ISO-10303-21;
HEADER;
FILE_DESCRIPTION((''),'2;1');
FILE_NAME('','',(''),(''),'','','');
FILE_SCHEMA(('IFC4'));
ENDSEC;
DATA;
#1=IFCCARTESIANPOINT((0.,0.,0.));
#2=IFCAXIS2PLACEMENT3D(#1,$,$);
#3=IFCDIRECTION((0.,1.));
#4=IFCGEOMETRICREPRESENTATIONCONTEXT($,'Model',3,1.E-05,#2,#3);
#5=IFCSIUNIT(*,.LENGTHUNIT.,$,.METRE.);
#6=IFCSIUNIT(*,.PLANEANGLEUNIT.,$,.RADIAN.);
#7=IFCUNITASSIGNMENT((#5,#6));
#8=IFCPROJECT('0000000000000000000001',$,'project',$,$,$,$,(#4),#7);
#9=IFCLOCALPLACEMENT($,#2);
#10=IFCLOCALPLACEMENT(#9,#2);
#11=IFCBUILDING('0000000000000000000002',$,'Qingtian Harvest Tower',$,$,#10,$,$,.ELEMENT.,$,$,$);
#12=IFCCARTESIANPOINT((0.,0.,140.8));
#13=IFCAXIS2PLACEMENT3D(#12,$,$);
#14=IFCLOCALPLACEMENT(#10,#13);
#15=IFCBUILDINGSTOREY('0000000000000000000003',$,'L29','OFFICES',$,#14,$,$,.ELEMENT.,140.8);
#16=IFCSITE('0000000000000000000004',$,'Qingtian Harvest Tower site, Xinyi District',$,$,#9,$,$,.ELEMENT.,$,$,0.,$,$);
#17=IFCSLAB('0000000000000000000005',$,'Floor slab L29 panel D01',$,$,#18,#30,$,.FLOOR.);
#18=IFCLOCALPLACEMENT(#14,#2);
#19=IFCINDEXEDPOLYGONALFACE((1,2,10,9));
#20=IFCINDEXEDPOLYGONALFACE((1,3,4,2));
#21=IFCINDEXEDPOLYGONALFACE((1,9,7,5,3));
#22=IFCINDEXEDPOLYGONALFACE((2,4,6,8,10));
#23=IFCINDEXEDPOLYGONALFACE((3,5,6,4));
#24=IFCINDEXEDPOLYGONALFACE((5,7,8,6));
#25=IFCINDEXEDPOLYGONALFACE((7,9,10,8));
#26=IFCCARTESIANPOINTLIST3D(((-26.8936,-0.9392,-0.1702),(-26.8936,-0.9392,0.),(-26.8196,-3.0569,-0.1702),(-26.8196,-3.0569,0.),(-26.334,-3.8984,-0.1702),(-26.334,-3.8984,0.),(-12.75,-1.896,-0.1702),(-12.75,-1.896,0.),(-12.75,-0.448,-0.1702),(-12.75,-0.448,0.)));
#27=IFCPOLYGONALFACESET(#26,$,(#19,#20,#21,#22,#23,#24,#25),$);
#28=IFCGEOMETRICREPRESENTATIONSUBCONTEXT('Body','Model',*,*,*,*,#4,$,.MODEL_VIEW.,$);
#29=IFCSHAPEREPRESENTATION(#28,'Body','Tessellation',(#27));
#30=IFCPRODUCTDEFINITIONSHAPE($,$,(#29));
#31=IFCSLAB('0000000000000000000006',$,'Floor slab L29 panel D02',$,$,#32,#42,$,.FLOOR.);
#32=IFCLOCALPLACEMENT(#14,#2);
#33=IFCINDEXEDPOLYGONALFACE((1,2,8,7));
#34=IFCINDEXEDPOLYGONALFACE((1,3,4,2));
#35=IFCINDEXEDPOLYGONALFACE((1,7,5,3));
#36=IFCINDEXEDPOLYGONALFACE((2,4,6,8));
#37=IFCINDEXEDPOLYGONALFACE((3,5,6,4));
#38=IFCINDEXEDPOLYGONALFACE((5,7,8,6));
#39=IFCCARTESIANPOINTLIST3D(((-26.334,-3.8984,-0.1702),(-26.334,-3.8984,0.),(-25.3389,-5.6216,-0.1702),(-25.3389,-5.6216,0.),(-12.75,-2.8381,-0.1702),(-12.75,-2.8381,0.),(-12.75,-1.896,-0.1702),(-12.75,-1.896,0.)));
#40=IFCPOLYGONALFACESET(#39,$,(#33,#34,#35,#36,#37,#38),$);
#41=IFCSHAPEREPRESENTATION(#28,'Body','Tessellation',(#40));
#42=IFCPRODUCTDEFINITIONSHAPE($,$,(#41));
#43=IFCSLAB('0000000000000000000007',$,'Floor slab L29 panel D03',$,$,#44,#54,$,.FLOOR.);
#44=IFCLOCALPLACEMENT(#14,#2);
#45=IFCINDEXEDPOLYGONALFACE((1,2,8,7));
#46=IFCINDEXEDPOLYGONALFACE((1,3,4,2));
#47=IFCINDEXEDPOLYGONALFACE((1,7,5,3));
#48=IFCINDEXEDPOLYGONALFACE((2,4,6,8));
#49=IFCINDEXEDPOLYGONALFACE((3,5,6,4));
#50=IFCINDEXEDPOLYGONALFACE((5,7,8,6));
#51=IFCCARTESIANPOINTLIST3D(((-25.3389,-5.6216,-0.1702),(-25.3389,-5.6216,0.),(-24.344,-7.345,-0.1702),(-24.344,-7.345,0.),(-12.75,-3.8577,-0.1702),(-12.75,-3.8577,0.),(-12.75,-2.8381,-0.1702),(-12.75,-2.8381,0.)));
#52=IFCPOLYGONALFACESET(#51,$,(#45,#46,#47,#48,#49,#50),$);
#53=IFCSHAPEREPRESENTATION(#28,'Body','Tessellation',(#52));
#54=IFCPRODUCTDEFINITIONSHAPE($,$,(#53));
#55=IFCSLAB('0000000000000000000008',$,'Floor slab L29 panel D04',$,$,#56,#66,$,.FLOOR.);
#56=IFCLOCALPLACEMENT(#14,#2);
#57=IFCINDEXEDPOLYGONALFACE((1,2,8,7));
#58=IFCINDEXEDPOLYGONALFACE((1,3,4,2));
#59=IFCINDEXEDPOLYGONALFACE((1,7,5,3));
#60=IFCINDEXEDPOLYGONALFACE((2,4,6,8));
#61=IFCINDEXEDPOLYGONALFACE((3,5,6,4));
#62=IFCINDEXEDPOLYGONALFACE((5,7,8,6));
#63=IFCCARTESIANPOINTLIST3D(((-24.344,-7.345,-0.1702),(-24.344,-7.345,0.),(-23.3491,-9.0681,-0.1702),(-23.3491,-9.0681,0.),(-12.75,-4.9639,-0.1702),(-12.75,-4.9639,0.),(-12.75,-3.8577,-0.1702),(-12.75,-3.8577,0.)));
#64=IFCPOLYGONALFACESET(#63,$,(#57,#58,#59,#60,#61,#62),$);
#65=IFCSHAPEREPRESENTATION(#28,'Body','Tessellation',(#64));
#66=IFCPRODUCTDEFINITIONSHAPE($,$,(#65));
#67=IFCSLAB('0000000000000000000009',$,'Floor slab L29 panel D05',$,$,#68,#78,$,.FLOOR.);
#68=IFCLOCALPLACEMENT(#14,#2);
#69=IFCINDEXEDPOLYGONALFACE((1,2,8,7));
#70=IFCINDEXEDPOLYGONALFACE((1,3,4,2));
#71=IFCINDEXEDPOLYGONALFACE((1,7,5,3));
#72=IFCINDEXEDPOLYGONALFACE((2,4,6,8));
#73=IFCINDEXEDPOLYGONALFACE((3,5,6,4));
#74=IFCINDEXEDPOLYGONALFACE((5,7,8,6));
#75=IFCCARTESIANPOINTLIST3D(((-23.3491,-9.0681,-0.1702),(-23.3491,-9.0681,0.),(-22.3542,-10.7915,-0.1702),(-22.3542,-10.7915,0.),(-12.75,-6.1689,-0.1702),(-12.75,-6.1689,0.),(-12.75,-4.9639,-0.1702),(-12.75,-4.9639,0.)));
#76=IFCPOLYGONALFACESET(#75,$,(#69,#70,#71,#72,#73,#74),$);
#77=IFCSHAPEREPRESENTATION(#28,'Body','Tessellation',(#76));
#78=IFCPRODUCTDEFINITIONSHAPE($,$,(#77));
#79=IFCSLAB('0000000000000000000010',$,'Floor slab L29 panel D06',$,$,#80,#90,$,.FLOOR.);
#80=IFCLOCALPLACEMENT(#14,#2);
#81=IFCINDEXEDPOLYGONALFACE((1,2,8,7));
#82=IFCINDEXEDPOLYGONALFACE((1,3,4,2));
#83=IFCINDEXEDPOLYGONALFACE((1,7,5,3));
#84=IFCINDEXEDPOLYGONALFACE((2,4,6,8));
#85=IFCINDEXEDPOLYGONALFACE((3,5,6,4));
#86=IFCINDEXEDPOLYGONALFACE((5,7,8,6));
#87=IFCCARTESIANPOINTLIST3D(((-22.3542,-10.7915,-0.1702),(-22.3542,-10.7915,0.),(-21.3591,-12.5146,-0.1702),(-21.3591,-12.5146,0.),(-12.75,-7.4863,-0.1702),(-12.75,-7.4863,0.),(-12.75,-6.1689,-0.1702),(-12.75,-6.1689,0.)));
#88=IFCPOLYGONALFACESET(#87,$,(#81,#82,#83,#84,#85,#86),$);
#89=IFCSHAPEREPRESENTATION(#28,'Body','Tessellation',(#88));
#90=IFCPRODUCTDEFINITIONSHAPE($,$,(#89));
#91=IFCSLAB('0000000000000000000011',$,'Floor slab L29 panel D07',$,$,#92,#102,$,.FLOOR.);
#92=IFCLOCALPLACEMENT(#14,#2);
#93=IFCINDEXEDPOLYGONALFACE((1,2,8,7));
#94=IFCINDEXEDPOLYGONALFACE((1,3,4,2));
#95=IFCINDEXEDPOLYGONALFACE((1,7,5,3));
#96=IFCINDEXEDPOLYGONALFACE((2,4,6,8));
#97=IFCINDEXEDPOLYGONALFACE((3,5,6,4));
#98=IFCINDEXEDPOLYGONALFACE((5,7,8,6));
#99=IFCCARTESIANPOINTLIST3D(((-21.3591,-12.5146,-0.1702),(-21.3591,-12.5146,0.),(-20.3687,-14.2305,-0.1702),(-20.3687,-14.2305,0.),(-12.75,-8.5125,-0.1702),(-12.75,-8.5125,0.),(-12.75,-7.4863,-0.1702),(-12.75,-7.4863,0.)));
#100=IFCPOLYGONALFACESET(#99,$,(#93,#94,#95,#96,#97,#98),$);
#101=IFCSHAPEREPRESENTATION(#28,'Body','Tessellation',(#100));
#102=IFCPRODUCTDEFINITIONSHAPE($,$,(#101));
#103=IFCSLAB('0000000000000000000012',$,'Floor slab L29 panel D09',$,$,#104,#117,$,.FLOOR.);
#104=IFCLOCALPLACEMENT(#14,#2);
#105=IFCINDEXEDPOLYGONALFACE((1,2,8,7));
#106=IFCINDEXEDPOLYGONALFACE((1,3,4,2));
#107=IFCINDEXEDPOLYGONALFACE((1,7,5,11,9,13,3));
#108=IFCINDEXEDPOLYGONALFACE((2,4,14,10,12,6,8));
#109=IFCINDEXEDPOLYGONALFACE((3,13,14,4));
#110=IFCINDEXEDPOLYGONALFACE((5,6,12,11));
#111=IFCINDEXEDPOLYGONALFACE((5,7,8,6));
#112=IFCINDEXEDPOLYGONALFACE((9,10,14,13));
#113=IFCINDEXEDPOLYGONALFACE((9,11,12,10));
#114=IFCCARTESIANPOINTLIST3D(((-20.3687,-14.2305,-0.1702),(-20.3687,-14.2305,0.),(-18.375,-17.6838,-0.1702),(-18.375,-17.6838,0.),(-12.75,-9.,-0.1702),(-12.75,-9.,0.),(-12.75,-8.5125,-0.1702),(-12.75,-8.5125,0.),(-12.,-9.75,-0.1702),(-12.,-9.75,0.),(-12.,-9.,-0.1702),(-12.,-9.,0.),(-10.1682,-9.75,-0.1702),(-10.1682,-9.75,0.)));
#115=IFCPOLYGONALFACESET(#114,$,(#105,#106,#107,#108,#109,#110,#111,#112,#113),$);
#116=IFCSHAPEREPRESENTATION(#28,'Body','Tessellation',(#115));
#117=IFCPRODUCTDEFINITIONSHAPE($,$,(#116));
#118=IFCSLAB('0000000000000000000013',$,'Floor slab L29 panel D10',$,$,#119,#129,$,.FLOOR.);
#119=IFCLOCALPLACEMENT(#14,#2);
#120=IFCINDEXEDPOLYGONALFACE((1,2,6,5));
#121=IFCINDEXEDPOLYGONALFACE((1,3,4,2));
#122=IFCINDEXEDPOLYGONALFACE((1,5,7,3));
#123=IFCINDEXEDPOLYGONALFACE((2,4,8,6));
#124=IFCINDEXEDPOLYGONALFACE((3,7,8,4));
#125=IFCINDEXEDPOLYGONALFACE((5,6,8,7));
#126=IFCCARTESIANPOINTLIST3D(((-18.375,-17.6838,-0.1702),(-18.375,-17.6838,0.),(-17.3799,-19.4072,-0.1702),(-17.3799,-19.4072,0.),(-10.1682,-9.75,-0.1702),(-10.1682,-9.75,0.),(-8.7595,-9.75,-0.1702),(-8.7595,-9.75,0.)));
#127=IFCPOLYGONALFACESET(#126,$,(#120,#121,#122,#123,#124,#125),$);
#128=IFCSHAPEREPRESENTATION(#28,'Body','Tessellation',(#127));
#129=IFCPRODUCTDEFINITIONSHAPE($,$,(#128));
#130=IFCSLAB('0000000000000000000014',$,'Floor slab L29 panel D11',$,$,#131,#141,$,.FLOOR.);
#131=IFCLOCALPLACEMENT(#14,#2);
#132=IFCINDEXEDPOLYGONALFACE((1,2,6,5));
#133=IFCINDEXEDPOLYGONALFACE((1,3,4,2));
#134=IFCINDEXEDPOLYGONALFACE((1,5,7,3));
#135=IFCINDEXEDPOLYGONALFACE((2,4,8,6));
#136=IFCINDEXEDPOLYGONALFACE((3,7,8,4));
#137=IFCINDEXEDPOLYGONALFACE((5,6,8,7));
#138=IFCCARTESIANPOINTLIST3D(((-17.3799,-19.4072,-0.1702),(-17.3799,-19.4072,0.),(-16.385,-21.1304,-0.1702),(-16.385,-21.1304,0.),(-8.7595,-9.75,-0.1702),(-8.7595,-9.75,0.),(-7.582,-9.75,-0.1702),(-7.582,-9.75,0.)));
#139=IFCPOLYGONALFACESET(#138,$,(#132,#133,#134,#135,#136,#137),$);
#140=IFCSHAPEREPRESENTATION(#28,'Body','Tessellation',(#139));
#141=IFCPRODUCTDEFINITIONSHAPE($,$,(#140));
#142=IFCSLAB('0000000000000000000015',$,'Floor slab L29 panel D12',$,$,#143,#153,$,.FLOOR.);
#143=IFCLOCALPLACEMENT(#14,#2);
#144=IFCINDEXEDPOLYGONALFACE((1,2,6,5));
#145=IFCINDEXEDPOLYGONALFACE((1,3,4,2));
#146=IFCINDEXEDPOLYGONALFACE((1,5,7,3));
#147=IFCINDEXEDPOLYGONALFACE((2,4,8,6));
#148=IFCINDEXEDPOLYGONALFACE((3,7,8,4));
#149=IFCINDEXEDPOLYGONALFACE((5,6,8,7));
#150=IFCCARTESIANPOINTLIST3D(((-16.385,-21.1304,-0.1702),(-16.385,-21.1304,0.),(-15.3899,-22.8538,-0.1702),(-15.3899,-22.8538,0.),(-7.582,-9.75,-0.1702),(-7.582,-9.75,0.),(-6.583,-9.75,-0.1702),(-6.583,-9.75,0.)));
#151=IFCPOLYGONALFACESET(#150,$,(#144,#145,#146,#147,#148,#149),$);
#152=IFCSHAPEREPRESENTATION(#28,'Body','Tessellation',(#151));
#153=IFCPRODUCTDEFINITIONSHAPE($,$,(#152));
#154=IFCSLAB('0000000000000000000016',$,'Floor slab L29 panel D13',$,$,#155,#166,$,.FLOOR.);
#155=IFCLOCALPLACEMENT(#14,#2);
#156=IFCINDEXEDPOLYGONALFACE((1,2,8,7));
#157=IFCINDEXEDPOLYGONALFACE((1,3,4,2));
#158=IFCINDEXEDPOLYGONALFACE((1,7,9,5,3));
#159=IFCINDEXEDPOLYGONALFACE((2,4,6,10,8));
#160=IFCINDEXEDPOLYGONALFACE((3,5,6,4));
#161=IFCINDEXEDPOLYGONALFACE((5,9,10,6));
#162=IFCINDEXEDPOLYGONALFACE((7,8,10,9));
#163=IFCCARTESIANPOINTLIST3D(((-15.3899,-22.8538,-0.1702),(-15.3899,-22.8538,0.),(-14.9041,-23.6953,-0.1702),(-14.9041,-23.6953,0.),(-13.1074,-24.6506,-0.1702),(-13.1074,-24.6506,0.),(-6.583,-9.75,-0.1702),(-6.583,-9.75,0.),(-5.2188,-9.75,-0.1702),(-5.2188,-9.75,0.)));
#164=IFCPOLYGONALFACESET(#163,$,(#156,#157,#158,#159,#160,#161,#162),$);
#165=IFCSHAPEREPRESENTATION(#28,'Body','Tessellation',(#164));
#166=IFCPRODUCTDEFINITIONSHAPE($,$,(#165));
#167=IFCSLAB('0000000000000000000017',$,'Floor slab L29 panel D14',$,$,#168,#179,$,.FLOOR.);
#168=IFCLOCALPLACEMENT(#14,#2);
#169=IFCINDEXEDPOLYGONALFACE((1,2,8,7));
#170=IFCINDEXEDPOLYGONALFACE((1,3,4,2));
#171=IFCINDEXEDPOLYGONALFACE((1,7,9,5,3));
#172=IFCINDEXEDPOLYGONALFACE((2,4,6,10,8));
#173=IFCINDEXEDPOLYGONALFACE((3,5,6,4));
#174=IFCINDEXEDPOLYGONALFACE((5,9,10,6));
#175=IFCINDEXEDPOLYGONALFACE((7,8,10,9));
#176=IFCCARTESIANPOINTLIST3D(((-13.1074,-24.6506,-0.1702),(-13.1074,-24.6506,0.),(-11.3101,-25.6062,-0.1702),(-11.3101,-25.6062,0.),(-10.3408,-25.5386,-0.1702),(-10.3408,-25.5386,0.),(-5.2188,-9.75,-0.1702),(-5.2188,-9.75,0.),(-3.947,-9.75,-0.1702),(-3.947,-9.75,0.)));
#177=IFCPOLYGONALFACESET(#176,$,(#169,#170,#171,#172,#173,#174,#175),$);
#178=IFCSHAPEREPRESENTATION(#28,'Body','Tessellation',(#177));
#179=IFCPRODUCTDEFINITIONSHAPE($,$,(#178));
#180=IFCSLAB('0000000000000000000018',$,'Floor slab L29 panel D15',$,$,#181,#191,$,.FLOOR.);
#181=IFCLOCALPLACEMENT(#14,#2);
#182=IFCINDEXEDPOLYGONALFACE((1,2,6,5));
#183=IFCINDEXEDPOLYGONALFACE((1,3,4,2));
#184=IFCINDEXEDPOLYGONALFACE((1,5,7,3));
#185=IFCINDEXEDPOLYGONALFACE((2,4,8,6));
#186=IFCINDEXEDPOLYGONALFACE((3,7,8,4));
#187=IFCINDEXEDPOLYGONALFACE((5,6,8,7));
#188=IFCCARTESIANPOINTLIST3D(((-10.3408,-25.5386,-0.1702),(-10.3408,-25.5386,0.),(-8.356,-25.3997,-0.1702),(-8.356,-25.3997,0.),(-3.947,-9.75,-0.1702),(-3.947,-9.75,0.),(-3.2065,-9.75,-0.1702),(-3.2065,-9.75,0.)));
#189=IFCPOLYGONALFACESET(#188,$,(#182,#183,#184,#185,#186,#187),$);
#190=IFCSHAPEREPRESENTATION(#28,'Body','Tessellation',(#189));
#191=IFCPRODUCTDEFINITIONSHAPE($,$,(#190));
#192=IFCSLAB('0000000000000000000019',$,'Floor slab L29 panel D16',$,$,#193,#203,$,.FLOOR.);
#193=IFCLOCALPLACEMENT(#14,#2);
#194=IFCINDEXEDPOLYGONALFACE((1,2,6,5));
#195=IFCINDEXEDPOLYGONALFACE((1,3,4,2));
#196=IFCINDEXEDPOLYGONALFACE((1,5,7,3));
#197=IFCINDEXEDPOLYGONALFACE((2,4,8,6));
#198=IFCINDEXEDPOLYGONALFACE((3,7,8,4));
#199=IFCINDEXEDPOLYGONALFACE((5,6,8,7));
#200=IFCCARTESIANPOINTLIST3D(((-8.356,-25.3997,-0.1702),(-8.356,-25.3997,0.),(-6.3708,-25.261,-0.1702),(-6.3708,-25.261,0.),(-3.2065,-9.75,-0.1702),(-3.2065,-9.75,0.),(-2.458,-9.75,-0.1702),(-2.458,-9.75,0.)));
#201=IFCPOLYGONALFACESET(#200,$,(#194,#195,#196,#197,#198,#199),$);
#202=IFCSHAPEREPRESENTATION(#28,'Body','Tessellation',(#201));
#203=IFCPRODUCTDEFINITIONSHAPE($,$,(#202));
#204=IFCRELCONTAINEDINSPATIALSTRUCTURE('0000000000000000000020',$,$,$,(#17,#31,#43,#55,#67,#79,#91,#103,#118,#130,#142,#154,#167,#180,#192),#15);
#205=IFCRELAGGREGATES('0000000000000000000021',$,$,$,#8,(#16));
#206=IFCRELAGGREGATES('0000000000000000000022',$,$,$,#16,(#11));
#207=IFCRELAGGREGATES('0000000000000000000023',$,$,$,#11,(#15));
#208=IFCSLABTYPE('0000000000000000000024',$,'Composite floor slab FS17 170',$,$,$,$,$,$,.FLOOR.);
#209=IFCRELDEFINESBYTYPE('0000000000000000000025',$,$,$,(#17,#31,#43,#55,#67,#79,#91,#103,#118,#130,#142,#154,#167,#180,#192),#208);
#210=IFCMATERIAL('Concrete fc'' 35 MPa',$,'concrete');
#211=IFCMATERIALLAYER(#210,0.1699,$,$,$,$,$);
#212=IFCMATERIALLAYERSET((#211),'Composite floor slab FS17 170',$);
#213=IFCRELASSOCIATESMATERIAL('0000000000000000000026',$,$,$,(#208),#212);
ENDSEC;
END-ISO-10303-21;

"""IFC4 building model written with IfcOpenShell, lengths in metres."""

from ifc_helpers import new_model, si_unit, direction, frame, origin, place, context, subcontext, project, spatial, polyline, outline, extrude, material, layer, layer_set, type_object, element, save


model = new_model("IFC4")

# Units and contexts
model_context = context("Model", 3, precision=1e-05, world=origin(), true_north=direction((0.0, 1.0)))
body_context = subcontext(model_context, "Body", "Model", "MODEL_VIEW")
ifc_project = project(units=[si_unit("LENGTHUNIT", "METRE"), si_unit("PLANEANGLEUNIT", "RADIAN")], contexts=[model_context])

# Site, building, storey
site_placement = place(None, origin())
site = spatial("IfcSite", under=ifc_project, at=site_placement, Name="Qingtian Harvest Tower site, Xinyi District", CompositionType="ELEMENT", RefElevation=0.0)
building_placement = place(site_placement, origin())
building = spatial("IfcBuilding", under=site, at=building_placement, Name="Qingtian Harvest Tower", CompositionType="ELEMENT")
storey_placement = place(building_placement, frame((0.0, 0.0, 140.8)))
storey = spatial("IfcBuildingStorey", under=building, at=storey_placement, Name="L29", Description="OFFICES", CompositionType="ELEMENT", Elevation=140.8)

# Slabs
ifc_material = material(Name="Concrete fc' 35 MPa", Category="concrete")
ifc_layer = layer(ifc_material, 0.1699)
ifc_layer_set = layer_set([ifc_layer], Name="Composite floor slab FS17 170")
slab_type = type_object("IfcSlabType", Name="Composite floor slab FS17 170", PredefinedType="FLOOR", material=ifc_layer_set)
slab_1_placement = place(storey_placement, frame((0.0, 0.0, -0.1702)))
element("IfcSlab", 1, at=slab_1_placement, inside=storey, type_object=slab_type, Name="Floor slab L29 panel D01", PredefinedType="FLOOR", context=body_context, shape_type="SweptSolid", body=[
    extrude(outline(polyline([(-26.8936, -0.9392), (-12.75, -0.448), (-12.75, -1.896), (-26.334, -3.8984), (-26.8196, -3.0569), (-26.8936, -0.9392)])), origin(), (0.0, 0.0, 1.0), 0.1702),
])
slab_2_placement = place(storey_placement, frame((0.0, 0.0, -0.1702)))
element("IfcSlab", 2, at=slab_2_placement, inside=storey, type_object=slab_type, Name="Floor slab L29 panel D02", PredefinedType="FLOOR", context=body_context, shape_type="SweptSolid", body=[
    extrude(outline(polyline([(-12.75, -2.8381), (-25.3389, -5.6216), (-26.334, -3.8984), (-12.75, -1.896), (-12.75, -2.8381)])), origin(), (0.0, 0.0, 1.0), 0.1702),
])
slab_3_placement = place(storey_placement, frame((0.0, 0.0, -0.1702)))
element("IfcSlab", 3, at=slab_3_placement, inside=storey, type_object=slab_type, Name="Floor slab L29 panel D03", PredefinedType="FLOOR", context=body_context, shape_type="SweptSolid", body=[
    extrude(outline(polyline([(-12.75, -3.8577), (-24.344, -7.345), (-25.3389, -5.6216), (-12.75, -2.8381), (-12.75, -3.8577)])), origin(), (0.0, 0.0, 1.0), 0.1702),
])
slab_4_placement = place(storey_placement, frame((0.0, 0.0, -0.1702)))
element("IfcSlab", 4, at=slab_4_placement, inside=storey, type_object=slab_type, Name="Floor slab L29 panel D04", PredefinedType="FLOOR", context=body_context, shape_type="SweptSolid", body=[
    extrude(outline(polyline([(-12.75, -4.9639), (-23.3491, -9.0681), (-24.344, -7.345), (-12.75, -3.8577), (-12.75, -4.9639)])), origin(), (0.0, 0.0, 1.0), 0.1702),
])
slab_5_placement = place(storey_placement, frame((0.0, 0.0, -0.1702)))
element("IfcSlab", 5, at=slab_5_placement, inside=storey, type_object=slab_type, Name="Floor slab L29 panel D05", PredefinedType="FLOOR", context=body_context, shape_type="SweptSolid", body=[
    extrude(outline(polyline([(-12.75, -6.1689), (-22.3542, -10.7915), (-23.3491, -9.0681), (-12.75, -4.9639), (-12.75, -6.1689)])), origin(), (0.0, 0.0, 1.0), 0.1702),
])
slab_6_placement = place(storey_placement, frame((0.0, 0.0, -0.1702)))
element("IfcSlab", 6, at=slab_6_placement, inside=storey, type_object=slab_type, Name="Floor slab L29 panel D06", PredefinedType="FLOOR", context=body_context, shape_type="SweptSolid", body=[
    extrude(outline(polyline([(-12.75, -7.4863), (-21.3591, -12.5146), (-22.3542, -10.7915), (-12.75, -6.1689), (-12.75, -7.4863)])), origin(), (0.0, 0.0, 1.0), 0.1702),
])
slab_7_placement = place(storey_placement, frame((0.0, 0.0, -0.1702)))
element("IfcSlab", 7, at=slab_7_placement, inside=storey, type_object=slab_type, Name="Floor slab L29 panel D07", PredefinedType="FLOOR", context=body_context, shape_type="SweptSolid", body=[
    extrude(outline(polyline([(-12.75, -8.5125), (-20.3687, -14.2305), (-21.3591, -12.5146), (-12.75, -7.4863), (-12.75, -8.5125)])), origin(), (0.0, 0.0, 1.0), 0.1702),
])
slab_8_placement = place(storey_placement, frame((0.0, 0.0, -0.1702)))
element("IfcSlab", 8, at=slab_8_placement, inside=storey, type_object=slab_type, Name="Floor slab L29 panel D09", PredefinedType="FLOOR", context=body_context, shape_type="SweptSolid", body=[
    extrude(outline(polyline([(-18.375, -17.6838), (-20.3687, -14.2305), (-12.75, -8.5125), (-12.75, -9.0), (-12.0, -9.0), (-12.0, -9.75), (-10.1682, -9.75), (-18.375, -17.6838)])), origin(), (0.0, 0.0, 1.0), 0.1702),
])
slab_9_placement = place(storey_placement, frame((0.0, 0.0, -0.1702)))
element("IfcSlab", 9, at=slab_9_placement, inside=storey, type_object=slab_type, Name="Floor slab L29 panel D10", PredefinedType="FLOOR", context=body_context, shape_type="SweptSolid", body=[
    extrude(outline(polyline([(-8.7595, -9.75), (-17.3799, -19.4072), (-18.375, -17.6838), (-10.1682, -9.75), (-8.7595, -9.75)])), origin(), (0.0, 0.0, 1.0), 0.1702),
])
slab_10_placement = place(storey_placement, frame((0.0, 0.0, -0.1702)))
element("IfcSlab", 10, at=slab_10_placement, inside=storey, type_object=slab_type, Name="Floor slab L29 panel D11", PredefinedType="FLOOR", context=body_context, shape_type="SweptSolid", body=[
    extrude(outline(polyline([(-7.582, -9.75), (-16.385, -21.1304), (-17.3799, -19.4072), (-8.7595, -9.75), (-7.582, -9.75)])), origin(), (0.0, 0.0, 1.0), 0.1702),
])
slab_11_placement = place(storey_placement, frame((0.0, 0.0, -0.1702)))
element("IfcSlab", 11, at=slab_11_placement, inside=storey, type_object=slab_type, Name="Floor slab L29 panel D12", PredefinedType="FLOOR", context=body_context, shape_type="SweptSolid", body=[
    extrude(outline(polyline([(-6.583, -9.75), (-15.3899, -22.8538), (-16.385, -21.1304), (-7.582, -9.75), (-6.583, -9.75)])), origin(), (0.0, 0.0, 1.0), 0.1702),
])
slab_12_placement = place(storey_placement, frame((0.0, 0.0, -0.1702)))
element("IfcSlab", 12, at=slab_12_placement, inside=storey, type_object=slab_type, Name="Floor slab L29 panel D13", PredefinedType="FLOOR", context=body_context, shape_type="SweptSolid", body=[
    extrude(outline(polyline([(-6.583, -9.75), (-5.2188, -9.75), (-13.1074, -24.6506), (-14.9041, -23.6953), (-15.3899, -22.8538), (-6.583, -9.75)])), origin(), (0.0, 0.0, 1.0), 0.1702),
])
slab_13_placement = place(storey_placement, frame((0.0, 0.0, -0.1702)))
element("IfcSlab", 13, at=slab_13_placement, inside=storey, type_object=slab_type, Name="Floor slab L29 panel D14", PredefinedType="FLOOR", context=body_context, shape_type="SweptSolid", body=[
    extrude(outline(polyline([(-5.2188, -9.75), (-3.947, -9.75), (-10.3408, -25.5386), (-11.3101, -25.6062), (-13.1074, -24.6506), (-5.2188, -9.75)])), origin(), (0.0, 0.0, 1.0), 0.1702),
])
slab_14_placement = place(storey_placement, frame((0.0, 0.0, -0.1702)))
element("IfcSlab", 14, at=slab_14_placement, inside=storey, type_object=slab_type, Name="Floor slab L29 panel D15", PredefinedType="FLOOR", context=body_context, shape_type="SweptSolid", body=[
    extrude(outline(polyline([(-3.2065, -9.75), (-8.356, -25.3997), (-10.3408, -25.5386), (-3.947, -9.75), (-3.2065, -9.75)])), origin(), (0.0, 0.0, 1.0), 0.1702),
])
slab_15_placement = place(storey_placement, frame((0.0, 0.0, -0.1702)))
element("IfcSlab", 15, at=slab_15_placement, inside=storey, type_object=slab_type, Name="Floor slab L29 panel D16", PredefinedType="FLOOR", context=body_context, shape_type="SweptSolid", body=[
    extrude(outline(polyline([(-2.458, -9.75), (-6.3708, -25.261), (-8.356, -25.3997), (-3.2065, -9.75), (-2.458, -9.75)])), origin(), (0.0, 0.0, 1.0), 0.1702),
])

save(model, "model.ifc")
